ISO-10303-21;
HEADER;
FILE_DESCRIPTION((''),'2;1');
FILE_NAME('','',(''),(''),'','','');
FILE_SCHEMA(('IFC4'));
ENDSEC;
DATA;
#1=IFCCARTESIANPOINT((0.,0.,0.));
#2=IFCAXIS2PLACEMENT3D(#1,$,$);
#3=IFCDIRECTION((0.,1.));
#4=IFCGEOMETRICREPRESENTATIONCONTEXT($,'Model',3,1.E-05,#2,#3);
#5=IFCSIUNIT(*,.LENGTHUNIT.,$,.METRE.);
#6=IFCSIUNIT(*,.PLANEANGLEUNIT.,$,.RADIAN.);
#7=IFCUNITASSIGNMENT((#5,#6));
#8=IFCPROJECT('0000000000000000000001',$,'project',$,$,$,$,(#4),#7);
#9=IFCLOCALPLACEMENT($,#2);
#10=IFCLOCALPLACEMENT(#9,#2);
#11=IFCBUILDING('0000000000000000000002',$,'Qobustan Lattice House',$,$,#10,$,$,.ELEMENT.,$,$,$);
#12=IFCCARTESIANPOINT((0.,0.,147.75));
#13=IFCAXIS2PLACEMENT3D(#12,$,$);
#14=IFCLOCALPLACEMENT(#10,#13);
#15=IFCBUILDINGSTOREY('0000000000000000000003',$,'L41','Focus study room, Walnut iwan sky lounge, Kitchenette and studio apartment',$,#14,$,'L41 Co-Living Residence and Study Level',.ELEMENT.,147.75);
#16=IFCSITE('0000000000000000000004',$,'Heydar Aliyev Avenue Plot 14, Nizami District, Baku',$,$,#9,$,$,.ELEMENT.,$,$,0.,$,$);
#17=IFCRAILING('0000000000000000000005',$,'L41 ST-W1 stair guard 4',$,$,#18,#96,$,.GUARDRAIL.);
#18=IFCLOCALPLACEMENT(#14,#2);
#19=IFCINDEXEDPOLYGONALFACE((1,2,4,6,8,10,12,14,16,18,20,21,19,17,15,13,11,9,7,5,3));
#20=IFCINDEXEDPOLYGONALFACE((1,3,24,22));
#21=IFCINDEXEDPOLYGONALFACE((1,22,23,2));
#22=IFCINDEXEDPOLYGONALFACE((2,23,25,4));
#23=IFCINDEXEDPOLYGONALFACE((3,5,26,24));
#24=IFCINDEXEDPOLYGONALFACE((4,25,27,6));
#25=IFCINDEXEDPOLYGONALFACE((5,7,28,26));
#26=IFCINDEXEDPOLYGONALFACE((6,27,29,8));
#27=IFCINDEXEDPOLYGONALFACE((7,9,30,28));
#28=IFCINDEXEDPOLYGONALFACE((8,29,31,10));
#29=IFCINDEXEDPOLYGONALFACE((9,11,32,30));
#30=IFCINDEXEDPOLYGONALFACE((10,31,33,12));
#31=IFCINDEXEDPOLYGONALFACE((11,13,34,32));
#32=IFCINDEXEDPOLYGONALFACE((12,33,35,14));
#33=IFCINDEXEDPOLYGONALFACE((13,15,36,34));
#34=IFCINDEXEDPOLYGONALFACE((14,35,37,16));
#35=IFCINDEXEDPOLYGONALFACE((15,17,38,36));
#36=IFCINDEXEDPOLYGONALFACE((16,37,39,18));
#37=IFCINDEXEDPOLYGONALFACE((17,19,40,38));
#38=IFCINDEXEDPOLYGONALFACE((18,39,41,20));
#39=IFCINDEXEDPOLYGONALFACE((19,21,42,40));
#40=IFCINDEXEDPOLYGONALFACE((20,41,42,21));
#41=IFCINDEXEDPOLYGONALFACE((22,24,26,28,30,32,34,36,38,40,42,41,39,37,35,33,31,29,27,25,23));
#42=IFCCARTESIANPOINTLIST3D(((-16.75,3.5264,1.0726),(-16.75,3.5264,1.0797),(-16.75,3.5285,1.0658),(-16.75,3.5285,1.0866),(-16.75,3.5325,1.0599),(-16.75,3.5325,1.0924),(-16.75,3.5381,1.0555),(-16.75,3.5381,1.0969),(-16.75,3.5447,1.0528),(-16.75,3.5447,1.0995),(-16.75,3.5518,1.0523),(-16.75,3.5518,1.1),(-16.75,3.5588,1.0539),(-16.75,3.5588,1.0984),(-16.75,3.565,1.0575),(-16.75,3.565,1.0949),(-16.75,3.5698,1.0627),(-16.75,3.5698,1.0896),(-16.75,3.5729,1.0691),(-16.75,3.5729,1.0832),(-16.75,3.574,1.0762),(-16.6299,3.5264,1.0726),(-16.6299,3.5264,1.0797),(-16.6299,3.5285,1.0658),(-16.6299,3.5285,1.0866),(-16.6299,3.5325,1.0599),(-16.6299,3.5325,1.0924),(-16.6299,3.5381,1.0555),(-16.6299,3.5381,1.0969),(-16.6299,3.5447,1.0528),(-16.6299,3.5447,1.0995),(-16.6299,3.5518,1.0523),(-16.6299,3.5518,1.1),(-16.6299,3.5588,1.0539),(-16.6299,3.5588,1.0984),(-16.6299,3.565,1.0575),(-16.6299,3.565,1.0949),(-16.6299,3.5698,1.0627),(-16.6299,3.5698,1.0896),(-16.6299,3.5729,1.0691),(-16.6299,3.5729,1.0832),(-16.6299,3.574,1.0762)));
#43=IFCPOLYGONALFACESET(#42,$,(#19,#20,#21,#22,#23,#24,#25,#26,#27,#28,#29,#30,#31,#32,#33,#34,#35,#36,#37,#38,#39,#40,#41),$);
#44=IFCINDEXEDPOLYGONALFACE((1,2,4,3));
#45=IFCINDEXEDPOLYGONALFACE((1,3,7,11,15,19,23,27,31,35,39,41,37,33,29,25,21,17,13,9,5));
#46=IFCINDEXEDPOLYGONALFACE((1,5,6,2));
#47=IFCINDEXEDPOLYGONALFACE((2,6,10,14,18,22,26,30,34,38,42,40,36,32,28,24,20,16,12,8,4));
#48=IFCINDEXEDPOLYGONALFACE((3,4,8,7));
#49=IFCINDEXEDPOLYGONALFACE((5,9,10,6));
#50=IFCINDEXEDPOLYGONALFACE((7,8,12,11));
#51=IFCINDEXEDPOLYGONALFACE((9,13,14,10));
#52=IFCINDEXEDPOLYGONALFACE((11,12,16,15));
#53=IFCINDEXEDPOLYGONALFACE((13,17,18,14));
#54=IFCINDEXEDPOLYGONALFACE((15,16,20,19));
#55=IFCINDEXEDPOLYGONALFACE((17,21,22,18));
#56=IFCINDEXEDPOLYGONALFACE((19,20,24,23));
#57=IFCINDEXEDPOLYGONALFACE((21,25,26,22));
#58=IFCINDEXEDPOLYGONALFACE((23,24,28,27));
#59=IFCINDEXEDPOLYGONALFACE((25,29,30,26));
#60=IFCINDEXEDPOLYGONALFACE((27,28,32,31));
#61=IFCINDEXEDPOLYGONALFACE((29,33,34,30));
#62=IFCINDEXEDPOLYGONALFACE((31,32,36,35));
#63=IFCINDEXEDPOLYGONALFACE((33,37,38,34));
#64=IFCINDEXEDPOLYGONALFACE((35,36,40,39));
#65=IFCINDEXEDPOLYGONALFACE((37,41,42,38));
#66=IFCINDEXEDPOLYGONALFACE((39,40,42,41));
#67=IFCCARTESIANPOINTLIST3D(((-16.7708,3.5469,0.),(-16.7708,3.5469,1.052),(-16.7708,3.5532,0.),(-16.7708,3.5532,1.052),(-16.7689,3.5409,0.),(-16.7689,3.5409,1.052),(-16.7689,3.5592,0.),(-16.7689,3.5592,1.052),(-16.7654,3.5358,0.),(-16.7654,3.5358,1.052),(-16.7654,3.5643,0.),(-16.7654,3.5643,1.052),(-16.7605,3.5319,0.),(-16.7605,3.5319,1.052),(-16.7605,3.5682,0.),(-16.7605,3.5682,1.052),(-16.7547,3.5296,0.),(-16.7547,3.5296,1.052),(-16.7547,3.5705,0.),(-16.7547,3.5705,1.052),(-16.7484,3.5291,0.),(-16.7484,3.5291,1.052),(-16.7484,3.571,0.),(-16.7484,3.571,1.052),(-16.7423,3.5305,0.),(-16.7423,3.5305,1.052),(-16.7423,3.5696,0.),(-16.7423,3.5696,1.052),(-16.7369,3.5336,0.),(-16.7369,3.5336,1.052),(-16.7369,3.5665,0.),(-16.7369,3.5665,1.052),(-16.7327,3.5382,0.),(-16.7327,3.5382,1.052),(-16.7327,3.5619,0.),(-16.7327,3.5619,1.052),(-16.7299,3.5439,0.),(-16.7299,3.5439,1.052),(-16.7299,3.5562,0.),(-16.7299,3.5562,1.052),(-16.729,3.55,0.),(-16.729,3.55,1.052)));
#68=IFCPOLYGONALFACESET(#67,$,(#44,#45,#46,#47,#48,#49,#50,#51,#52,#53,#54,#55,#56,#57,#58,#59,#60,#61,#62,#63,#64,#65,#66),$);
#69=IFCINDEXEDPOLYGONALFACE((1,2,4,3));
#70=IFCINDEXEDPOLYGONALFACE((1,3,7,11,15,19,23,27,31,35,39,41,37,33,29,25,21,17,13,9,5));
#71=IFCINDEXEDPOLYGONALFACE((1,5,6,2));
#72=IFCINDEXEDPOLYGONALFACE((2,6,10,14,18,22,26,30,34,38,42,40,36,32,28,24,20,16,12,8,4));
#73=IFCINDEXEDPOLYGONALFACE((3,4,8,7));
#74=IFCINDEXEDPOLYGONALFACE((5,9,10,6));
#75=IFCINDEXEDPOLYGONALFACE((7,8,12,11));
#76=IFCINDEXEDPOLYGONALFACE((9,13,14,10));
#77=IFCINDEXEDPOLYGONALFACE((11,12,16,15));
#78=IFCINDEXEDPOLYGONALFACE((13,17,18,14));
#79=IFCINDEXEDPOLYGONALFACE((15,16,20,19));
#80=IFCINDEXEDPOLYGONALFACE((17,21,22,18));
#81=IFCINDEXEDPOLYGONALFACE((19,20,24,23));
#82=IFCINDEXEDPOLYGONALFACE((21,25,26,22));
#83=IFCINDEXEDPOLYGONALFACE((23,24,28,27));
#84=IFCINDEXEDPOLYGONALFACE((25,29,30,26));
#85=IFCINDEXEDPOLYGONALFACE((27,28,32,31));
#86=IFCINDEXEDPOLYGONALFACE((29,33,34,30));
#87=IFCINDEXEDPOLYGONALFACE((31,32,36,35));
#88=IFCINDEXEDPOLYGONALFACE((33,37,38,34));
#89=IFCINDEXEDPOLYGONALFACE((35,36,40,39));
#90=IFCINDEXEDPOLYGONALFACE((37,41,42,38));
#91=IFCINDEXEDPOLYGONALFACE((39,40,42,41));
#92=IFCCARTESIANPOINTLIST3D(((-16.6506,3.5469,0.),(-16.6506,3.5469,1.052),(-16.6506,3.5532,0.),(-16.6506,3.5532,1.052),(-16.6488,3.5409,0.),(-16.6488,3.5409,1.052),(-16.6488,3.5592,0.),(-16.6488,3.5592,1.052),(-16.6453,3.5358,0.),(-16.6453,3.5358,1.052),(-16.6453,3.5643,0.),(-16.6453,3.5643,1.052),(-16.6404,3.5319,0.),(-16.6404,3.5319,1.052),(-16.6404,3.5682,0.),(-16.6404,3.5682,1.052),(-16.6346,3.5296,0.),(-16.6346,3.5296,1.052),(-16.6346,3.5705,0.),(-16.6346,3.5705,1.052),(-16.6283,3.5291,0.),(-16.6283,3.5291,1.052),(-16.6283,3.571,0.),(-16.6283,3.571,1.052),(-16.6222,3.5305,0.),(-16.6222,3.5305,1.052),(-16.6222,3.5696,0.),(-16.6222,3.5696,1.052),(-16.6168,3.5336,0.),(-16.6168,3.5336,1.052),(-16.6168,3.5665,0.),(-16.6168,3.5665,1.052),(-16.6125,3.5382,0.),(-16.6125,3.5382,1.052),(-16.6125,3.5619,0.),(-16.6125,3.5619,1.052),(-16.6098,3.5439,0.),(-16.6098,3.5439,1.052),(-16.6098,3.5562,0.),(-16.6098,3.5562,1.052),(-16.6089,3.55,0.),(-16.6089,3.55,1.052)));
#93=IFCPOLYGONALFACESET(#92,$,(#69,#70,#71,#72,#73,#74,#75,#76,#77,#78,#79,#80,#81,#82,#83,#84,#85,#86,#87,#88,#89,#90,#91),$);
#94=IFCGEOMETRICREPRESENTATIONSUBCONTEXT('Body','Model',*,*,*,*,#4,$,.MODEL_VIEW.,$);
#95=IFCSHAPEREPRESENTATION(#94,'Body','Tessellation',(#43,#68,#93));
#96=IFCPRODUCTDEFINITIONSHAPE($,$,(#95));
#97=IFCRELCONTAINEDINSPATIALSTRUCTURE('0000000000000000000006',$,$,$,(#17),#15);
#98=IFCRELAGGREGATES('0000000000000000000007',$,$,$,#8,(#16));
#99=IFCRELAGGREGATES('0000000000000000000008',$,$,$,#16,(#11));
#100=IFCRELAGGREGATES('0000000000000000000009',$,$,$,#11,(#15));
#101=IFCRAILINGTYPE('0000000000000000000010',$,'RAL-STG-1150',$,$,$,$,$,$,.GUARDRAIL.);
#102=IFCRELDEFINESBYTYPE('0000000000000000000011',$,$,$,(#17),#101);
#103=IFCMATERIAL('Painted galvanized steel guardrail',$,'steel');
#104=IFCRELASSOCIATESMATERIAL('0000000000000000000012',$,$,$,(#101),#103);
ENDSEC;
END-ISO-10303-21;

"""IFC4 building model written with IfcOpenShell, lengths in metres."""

from ifc_helpers import new_model, si_unit, direction, frame, origin, origin_2d, place, context, subcontext, project, spatial, circle, extrude, material, type_object, element, save


model = new_model("IFC4")

# Units and contexts
model_context = context("Model", 3, precision=1e-05, world=origin(), true_north=direction((0.0, 1.0)))
body_context = subcontext(model_context, "Body", "Model", "MODEL_VIEW")
ifc_project = project(units=[si_unit("LENGTHUNIT", "METRE"), si_unit("PLANEANGLEUNIT", "RADIAN")], contexts=[model_context])

# Site, building, storey
site_placement = place(None, origin())
site = spatial("IfcSite", under=ifc_project, at=site_placement, Name="Heydar Aliyev Avenue Plot 14, Nizami District, Baku", CompositionType="ELEMENT", RefElevation=0.0)
building_placement = place(site_placement, origin())
building = spatial("IfcBuilding", under=site, at=building_placement, Name="Qobustan Lattice House", CompositionType="ELEMENT")
storey_placement = place(building_placement, frame((0.0, 0.0, 147.75)))
storey = spatial("IfcBuildingStorey", under=building, at=storey_placement, Name="L41", Description="Focus study room, Walnut iwan sky lounge, Kitchenette and studio apartment", LongName="L41 Co-Living Residence and Study Level", CompositionType="ELEMENT", Elevation=147.75)

# Railing
ifc_material_1 = material(Name="Painted galvanized steel guardrail", Category="steel")
railing_type_1 = type_object("IfcRailingType", Name="RAL-STG-1150", PredefinedType="GUARDRAIL", material=ifc_material_1)
railing_1_placement = place(storey_placement, frame((-16.75, 3.55, 0.0)))
element("IfcRailing", 1, at=railing_1_placement, inside=storey, type_object=railing_type_1, Name="L41 ST-W1 stair guard 4", PredefinedType="GUARDRAIL", context=body_context, shape_type="SweptSolid", body=[
    extrude(circle(Radius=0.0239, at=origin_2d()), frame((0.0, 0.0, 1.0762), z_axis=(1.0, 0.0, 0.0), x_axis=(0.0, 1.0, 0.0)), (0.0, 0.0, 1.0), 0.1201),
    extrude(circle(Radius=0.021, at=origin_2d()), origin(), (0.0, 0.0, 1.0), 1.052),
    extrude(circle(Radius=0.021, at=origin_2d()), frame((0.1201, 0.0, 0.0)), (0.0, 0.0, 1.0), 1.052),
])

save(model, "model.ifc")
